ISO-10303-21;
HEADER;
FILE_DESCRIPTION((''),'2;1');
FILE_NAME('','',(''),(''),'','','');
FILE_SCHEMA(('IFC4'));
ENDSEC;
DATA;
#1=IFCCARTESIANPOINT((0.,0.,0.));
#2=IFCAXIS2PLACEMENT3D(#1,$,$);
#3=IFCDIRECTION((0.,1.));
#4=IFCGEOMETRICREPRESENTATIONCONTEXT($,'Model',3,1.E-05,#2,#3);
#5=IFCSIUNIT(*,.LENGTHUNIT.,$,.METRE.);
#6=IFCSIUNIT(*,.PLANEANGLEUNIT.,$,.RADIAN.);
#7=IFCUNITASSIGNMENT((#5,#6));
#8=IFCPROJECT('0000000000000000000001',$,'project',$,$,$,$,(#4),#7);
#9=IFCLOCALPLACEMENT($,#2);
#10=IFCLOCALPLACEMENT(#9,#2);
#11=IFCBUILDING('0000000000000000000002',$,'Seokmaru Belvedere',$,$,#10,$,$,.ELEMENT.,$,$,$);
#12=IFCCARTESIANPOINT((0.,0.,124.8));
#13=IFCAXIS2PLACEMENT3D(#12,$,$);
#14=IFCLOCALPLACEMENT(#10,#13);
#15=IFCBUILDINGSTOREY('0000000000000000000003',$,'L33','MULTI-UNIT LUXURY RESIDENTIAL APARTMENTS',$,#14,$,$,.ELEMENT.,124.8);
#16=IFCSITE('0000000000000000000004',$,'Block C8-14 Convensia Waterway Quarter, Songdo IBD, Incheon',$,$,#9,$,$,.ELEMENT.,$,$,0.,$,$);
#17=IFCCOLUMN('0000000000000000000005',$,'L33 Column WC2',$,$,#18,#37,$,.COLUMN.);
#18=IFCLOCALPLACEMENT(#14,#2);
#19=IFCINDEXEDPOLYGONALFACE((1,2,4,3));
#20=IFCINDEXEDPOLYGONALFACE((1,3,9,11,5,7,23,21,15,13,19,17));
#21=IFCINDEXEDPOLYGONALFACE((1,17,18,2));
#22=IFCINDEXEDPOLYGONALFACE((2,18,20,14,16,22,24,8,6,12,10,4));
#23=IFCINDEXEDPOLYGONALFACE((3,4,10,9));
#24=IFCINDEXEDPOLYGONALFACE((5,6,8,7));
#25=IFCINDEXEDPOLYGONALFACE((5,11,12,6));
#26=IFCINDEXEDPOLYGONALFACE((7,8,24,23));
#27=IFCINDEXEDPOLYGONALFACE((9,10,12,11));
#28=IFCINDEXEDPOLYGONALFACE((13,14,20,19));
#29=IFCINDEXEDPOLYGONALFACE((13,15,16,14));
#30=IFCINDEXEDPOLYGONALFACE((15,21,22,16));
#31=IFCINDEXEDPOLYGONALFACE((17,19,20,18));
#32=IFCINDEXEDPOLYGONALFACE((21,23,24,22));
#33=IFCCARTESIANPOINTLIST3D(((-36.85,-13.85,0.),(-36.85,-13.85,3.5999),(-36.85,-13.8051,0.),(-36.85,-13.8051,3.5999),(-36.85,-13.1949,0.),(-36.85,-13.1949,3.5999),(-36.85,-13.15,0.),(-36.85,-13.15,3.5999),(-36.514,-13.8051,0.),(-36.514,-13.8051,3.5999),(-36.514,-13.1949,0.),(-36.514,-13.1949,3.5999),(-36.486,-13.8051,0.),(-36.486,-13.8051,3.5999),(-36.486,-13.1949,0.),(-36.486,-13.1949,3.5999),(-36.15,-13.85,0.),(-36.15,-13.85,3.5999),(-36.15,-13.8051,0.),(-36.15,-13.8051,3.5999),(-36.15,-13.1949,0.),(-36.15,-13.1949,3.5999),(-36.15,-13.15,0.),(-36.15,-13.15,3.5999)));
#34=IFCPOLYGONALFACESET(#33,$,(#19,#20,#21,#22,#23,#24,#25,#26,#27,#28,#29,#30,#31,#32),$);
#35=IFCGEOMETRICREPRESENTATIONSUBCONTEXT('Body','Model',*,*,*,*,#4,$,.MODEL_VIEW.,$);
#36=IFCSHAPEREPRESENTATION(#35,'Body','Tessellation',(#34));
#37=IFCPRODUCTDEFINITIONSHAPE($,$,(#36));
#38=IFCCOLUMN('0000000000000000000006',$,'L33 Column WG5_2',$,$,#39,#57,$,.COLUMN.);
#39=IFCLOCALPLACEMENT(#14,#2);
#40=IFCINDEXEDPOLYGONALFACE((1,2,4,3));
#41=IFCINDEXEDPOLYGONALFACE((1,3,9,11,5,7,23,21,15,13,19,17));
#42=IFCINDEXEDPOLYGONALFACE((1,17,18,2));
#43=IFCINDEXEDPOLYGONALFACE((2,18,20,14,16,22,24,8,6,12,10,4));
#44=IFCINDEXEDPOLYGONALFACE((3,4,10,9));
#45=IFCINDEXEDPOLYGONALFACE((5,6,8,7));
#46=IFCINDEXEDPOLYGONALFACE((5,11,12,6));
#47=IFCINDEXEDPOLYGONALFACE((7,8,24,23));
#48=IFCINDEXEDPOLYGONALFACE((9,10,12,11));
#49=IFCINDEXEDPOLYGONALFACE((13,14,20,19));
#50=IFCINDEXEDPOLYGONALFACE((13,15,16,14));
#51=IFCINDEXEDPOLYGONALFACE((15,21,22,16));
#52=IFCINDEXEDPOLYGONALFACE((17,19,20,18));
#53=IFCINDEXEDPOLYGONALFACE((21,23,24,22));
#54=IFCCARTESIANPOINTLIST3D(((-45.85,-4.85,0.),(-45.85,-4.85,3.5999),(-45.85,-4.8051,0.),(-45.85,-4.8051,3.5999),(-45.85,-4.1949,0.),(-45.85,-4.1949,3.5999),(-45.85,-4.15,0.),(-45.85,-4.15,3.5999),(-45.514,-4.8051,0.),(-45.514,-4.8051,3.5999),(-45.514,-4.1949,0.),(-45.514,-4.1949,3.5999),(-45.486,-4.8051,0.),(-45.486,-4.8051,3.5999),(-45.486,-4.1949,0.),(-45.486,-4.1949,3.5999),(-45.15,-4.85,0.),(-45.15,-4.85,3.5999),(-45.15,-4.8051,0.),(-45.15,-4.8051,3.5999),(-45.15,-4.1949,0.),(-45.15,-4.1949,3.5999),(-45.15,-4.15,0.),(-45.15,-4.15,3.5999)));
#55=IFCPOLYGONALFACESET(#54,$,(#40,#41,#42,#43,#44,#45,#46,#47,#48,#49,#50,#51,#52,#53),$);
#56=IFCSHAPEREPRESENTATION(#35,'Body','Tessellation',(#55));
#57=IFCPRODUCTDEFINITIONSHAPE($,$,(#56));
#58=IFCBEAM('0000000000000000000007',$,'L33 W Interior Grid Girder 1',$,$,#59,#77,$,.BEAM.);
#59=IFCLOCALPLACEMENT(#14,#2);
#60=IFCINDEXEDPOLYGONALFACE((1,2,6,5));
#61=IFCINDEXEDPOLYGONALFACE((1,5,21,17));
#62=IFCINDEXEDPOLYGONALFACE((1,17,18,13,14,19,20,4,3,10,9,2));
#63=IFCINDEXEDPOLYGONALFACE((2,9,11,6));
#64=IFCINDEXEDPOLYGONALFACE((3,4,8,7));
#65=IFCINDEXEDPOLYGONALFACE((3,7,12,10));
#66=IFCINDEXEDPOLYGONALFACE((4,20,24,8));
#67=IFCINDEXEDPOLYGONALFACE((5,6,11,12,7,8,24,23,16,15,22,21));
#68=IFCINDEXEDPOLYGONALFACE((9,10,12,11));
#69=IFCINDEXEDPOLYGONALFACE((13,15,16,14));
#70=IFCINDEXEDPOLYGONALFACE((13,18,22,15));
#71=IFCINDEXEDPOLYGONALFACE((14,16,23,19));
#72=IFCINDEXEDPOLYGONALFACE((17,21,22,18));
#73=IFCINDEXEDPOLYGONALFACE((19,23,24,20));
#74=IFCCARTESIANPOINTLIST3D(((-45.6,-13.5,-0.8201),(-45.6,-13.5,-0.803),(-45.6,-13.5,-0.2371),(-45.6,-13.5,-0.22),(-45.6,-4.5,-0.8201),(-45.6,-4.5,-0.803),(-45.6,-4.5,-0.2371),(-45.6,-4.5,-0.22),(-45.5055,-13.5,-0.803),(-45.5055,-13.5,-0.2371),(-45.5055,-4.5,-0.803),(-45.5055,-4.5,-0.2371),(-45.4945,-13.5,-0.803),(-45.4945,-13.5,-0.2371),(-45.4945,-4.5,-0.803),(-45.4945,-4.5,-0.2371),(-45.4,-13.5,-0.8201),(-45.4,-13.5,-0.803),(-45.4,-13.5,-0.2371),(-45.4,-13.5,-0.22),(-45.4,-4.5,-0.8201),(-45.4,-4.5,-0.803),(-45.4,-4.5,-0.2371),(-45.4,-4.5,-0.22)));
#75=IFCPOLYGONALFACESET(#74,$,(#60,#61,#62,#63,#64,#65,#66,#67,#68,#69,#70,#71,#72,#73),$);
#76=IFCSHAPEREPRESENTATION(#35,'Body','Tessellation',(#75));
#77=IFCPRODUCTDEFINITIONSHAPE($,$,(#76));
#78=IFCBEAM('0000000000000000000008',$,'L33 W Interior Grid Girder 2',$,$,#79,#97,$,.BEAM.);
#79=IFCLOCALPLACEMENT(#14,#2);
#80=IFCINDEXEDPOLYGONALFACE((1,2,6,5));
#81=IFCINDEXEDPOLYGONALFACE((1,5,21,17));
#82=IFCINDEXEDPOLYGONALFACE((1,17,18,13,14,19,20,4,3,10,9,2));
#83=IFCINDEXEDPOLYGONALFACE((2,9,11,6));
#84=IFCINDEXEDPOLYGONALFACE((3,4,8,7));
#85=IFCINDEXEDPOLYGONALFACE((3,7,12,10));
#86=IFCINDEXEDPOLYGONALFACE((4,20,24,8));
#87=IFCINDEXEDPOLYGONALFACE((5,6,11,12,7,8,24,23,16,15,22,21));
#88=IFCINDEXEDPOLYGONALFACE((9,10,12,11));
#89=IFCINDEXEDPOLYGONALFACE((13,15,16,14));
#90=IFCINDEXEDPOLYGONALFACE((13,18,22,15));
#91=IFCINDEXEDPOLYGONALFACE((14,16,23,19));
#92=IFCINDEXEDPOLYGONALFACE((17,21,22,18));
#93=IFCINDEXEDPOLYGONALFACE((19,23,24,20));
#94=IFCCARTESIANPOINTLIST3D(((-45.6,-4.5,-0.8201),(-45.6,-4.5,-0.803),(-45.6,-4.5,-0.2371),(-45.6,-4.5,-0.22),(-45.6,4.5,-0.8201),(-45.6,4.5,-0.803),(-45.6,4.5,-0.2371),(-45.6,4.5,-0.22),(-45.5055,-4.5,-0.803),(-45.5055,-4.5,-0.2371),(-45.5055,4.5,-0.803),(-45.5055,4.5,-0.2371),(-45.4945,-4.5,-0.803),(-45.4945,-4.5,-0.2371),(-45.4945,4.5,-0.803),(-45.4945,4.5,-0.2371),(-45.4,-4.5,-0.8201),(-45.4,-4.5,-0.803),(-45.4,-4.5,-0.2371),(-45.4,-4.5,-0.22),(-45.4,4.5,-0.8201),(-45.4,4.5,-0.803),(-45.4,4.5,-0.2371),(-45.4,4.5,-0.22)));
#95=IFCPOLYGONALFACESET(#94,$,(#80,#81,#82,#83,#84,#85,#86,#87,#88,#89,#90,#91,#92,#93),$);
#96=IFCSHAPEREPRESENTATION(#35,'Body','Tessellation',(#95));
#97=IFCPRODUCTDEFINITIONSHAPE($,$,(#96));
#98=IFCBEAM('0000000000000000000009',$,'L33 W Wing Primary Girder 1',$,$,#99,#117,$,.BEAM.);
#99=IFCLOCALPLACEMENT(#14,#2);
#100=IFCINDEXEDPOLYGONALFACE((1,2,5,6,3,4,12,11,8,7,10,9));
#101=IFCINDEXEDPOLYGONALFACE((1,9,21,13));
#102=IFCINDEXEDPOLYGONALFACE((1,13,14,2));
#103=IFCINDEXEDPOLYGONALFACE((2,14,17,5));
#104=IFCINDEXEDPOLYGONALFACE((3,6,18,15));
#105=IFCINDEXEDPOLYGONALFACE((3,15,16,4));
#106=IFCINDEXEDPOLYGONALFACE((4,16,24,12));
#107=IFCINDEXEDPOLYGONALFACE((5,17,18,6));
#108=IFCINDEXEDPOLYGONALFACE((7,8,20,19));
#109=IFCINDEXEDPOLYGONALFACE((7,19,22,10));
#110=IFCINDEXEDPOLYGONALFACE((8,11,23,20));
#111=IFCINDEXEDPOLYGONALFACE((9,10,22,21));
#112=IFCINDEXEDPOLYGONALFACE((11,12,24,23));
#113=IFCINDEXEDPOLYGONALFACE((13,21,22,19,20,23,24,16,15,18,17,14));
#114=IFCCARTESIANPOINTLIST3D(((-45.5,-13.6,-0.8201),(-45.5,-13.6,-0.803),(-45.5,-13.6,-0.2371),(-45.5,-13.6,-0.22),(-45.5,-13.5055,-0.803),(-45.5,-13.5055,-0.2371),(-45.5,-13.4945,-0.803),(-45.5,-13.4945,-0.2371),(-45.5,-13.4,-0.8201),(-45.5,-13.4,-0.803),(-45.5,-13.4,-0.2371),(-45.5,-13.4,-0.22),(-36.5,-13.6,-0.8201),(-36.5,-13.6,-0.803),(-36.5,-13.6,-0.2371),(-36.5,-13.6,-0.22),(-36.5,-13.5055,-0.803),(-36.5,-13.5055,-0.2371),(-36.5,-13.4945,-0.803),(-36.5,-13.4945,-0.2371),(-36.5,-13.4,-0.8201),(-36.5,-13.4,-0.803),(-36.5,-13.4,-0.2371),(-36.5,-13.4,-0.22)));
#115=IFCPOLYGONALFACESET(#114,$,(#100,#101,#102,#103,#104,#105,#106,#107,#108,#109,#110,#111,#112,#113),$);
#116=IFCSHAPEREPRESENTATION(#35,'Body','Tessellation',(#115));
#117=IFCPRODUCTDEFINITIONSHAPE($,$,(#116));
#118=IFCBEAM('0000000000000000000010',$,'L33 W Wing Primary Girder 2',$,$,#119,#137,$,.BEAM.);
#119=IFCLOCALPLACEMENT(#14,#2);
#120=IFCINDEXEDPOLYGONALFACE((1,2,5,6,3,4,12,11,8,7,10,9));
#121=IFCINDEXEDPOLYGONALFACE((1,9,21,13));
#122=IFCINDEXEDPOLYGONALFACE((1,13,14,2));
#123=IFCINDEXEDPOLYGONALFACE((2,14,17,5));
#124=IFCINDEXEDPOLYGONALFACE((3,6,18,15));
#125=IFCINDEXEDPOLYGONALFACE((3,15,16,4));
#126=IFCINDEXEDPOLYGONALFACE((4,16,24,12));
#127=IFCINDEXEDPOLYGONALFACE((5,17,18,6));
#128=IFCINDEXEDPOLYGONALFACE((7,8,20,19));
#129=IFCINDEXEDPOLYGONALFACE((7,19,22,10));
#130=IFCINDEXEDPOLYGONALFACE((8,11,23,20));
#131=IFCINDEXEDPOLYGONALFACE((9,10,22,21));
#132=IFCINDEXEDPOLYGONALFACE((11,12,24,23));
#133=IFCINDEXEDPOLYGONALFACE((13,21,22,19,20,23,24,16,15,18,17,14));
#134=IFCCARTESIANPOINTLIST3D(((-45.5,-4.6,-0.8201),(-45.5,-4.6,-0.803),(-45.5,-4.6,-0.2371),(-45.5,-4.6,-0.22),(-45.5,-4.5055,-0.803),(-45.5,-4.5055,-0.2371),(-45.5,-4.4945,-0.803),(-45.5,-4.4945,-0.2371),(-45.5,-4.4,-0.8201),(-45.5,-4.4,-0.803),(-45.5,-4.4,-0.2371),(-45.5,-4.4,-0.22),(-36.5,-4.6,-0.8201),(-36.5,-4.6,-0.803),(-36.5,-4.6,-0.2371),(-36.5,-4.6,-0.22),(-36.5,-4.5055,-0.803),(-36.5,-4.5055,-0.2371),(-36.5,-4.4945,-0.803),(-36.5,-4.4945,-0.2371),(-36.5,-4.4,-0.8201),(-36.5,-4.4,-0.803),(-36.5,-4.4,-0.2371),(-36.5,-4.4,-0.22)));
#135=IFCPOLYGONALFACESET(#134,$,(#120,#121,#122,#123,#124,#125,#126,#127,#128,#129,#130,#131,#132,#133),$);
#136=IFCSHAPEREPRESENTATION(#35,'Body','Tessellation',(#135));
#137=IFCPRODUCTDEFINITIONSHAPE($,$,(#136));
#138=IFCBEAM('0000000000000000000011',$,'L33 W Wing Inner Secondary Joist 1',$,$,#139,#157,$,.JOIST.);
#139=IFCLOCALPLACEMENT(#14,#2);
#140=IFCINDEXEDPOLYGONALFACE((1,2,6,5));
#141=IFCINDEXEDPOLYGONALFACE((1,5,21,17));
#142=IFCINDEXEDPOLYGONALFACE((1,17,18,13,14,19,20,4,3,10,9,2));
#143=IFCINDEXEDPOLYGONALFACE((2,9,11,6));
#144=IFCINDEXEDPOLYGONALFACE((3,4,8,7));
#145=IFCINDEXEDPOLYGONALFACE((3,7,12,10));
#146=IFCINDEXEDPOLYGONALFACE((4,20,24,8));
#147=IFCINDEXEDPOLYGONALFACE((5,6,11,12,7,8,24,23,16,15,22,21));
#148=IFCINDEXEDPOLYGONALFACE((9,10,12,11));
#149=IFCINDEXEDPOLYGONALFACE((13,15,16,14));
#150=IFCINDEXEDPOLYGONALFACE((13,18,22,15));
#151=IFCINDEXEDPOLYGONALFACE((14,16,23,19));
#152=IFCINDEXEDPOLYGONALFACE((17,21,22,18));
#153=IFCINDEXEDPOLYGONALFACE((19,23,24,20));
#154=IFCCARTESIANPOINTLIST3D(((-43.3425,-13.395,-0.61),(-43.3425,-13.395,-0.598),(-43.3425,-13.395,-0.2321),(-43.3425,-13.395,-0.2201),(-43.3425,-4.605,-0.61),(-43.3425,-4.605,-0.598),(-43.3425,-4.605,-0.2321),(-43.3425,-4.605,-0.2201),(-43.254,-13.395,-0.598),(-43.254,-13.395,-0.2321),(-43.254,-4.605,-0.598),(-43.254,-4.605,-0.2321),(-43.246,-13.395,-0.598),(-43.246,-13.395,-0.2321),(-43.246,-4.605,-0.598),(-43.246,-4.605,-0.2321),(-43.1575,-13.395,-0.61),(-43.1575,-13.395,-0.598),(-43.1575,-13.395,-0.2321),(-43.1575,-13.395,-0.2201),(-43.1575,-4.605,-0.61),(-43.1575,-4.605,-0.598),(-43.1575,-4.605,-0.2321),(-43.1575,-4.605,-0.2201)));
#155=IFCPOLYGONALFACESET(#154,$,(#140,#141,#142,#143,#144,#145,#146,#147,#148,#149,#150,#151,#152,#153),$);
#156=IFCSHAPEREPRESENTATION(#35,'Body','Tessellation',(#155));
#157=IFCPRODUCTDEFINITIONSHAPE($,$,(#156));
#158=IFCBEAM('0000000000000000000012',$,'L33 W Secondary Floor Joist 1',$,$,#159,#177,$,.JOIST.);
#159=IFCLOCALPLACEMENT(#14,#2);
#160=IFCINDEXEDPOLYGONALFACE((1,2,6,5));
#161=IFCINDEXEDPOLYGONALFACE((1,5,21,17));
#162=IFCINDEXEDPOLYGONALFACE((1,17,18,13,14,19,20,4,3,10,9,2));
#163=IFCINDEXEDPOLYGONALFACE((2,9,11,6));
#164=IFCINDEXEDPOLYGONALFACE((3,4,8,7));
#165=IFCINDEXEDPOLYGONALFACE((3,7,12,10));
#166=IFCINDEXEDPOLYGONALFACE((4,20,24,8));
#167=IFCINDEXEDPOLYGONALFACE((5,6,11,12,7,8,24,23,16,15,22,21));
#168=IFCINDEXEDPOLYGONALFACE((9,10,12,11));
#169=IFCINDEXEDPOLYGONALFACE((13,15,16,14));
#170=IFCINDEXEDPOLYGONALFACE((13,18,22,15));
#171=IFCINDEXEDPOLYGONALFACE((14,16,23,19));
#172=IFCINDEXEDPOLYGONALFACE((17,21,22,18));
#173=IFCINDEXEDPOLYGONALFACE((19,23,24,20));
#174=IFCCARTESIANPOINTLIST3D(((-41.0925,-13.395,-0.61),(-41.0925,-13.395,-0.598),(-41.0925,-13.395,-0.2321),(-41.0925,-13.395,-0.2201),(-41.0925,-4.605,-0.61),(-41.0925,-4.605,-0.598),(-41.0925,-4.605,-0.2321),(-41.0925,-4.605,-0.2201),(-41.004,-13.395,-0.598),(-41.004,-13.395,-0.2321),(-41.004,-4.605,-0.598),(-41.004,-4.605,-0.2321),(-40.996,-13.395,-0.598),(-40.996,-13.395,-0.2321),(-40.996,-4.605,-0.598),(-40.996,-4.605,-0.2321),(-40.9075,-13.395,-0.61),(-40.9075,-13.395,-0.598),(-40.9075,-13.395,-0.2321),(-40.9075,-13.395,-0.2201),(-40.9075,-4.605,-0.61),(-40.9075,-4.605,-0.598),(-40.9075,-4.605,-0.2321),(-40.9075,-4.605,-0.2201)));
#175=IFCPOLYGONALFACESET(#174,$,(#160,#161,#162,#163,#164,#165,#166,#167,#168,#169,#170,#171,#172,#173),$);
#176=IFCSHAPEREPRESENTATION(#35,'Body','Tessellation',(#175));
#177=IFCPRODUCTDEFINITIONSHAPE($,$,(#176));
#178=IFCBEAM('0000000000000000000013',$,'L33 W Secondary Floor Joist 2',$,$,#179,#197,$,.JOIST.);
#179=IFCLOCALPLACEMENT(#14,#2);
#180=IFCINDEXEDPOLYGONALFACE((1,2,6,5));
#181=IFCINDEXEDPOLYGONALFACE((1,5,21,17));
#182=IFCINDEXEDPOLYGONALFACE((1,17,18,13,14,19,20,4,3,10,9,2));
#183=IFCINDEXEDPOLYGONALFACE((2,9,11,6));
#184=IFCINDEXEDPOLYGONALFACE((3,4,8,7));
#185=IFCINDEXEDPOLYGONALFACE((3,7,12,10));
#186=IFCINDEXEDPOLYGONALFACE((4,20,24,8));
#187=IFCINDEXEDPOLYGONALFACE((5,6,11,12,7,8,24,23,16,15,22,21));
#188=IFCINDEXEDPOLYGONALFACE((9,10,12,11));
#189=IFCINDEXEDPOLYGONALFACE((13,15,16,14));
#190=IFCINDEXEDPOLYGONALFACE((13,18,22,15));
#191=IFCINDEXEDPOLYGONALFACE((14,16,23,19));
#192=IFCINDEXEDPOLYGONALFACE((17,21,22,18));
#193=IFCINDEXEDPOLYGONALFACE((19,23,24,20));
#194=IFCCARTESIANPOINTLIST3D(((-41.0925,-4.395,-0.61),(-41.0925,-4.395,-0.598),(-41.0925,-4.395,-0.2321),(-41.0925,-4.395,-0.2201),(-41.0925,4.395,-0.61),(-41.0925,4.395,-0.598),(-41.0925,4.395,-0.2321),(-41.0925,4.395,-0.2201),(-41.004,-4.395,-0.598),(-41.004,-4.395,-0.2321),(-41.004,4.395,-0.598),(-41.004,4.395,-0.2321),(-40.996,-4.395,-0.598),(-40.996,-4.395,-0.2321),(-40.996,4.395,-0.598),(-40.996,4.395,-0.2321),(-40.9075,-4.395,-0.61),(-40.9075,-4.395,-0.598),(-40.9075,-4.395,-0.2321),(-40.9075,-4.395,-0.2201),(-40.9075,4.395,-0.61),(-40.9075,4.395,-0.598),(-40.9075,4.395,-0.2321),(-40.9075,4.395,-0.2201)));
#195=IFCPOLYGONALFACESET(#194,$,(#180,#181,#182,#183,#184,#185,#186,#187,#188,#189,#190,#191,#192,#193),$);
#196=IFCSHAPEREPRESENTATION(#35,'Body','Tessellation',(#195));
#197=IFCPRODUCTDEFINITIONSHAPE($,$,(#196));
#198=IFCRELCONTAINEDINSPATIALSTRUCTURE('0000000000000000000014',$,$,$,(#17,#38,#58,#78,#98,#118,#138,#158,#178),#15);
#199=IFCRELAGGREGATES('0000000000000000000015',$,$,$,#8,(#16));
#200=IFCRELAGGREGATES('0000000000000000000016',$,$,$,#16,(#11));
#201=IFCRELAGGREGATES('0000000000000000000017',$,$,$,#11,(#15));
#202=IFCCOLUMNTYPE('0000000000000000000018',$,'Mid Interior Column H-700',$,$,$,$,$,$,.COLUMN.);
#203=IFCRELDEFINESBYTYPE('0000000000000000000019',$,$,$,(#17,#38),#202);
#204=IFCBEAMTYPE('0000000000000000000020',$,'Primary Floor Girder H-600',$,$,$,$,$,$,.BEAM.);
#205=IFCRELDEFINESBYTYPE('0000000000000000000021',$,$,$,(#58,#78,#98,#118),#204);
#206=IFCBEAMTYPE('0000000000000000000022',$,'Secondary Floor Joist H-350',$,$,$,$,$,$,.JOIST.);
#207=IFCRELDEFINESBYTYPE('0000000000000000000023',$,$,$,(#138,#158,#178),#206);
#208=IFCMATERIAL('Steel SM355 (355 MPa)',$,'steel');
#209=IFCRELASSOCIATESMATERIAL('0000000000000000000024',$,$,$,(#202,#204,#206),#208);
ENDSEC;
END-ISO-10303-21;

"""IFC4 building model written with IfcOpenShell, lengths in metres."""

from ifc_helpers import new_model, si_unit, direction, frame, origin, origin_2d, place, context, subcontext, project, spatial, i_section, extrude, source, transform, mapped, material, material_profile, profile_set, type_object, type_shapes, element, save


model = new_model("IFC4")

# Units and contexts
model_context = context("Model", 3, precision=1e-05, world=origin(), true_north=direction((0.0, 1.0)))
body_context = subcontext(model_context, "Body", "Model", "MODEL_VIEW")
ifc_project = project(units=[si_unit("LENGTHUNIT", "METRE"), si_unit("PLANEANGLEUNIT", "RADIAN")], contexts=[model_context])

# Site, building, storey
site_placement = place(None, origin())
site = spatial("IfcSite", under=ifc_project, at=site_placement, Name="Block C8-14 Convensia Waterway Quarter, Songdo IBD, Incheon", CompositionType="ELEMENT", RefElevation=0.0)
building_placement = place(site_placement, origin())
building = spatial("IfcBuilding", under=site, at=building_placement, Name="Seokmaru Belvedere", CompositionType="ELEMENT")
storey_placement = place(building_placement, frame((0.0, 0.0, 124.8)))
storey = spatial("IfcBuildingStorey", under=building, at=storey_placement, Name="L33", Description="MULTI-UNIT LUXURY RESIDENTIAL APARTMENTS", CompositionType="ELEMENT", Elevation=124.8)

# Columns
ifc_material_1 = material(Name="Steel SM355 (355 MPa)", Category="steel")
ifc_material_profile_1 = material_profile(ifc_material_1, i_section(OverallWidth=0.7, OverallDepth=0.7, WebThickness=0.0281, FlangeThickness=0.0449, at=origin_2d()), Name="H-700x700x28x45")
ifc_profile_set_1 = profile_set([ifc_material_profile_1], Name="Steel SM355 (355 MPa)")
column_type = type_object("IfcColumnType", Name="Mid Interior Column H-700", PredefinedType="COLUMN", material=ifc_profile_set_1)
shared_shape_1 = source(origin(), body_context, "Body", "SweptSolid", [
    extrude(i_section(OverallWidth=0.7, OverallDepth=0.7, WebThickness=0.0281, FlangeThickness=0.0449, at=origin_2d()), origin(), (0.0, 0.0, 1.0), 3.5999),
])
type_shapes(column_type, [shared_shape_1])
for number, where, z_axis, x_axis, name in (
    (1, (-36.5, -13.5, 0.0), (0.0, 0.0, 1.0), (1.0, 0.0, 0.0), "L33 Column WC2"),
    (2, (-45.5, -4.5, 0.0), (0.0, 0.0, 1.0), (1.0, 0.0, 0.0), "L33 Column WG5_2"),
):
    element("IfcColumn", number, at=place(storey_placement, frame(where, z_axis=z_axis, x_axis=x_axis)), inside=storey, type_object=column_type, Name=name, PredefinedType="COLUMN", context=body_context, shape_type="MappedRepresentation", body=[
        mapped(shared_shape_1, transform((0.0, 0.0, 0.0), scale=1.0)),
    ])

# Beams
ifc_material_profile_2 = material_profile(ifc_material_1, i_section(OverallWidth=0.2, OverallDepth=0.6001, WebThickness=0.011, FlangeThickness=0.0171, at=origin_2d()), Name="H-600x200x11x17")
ifc_profile_set_2 = profile_set([ifc_material_profile_2], Name="Steel SM355 (355 MPa)")
beam_type_1 = type_object("IfcBeamType", Name="Primary Floor Girder H-600", PredefinedType="BEAM", material=ifc_profile_set_2)
shared_shape_2 = source(origin(), body_context, "Body", "SweptSolid", [
    extrude(i_section(OverallWidth=0.2, OverallDepth=0.6001, WebThickness=0.011, FlangeThickness=0.0171, at=origin_2d()), origin(), (0.0, 0.0, 1.0), 9.0),
])
type_shapes(beam_type_1, [shared_shape_2])
for number, where, z_axis, x_axis, name in (
    (3, (-45.5, -13.5, -0.52), (0.0, 1.0, 0.0), (-1.0, 0.0, 0.0), "L33 W Interior Grid Girder 1"),
    (4, (-45.5, -4.5, -0.52), (0.0, 1.0, 0.0), (-1.0, 0.0, 0.0), "L33 W Interior Grid Girder 2"),
    (5, (-45.5, -13.5, -0.52), (1.0, 0.0, 0.0), (0.0, 1.0, 0.0), "L33 W Wing Primary Girder 1"),
    (6, (-45.5, -4.5, -0.52), (1.0, 0.0, 0.0), (0.0, 1.0, 0.0), "L33 W Wing Primary Girder 2"),
):
    element("IfcBeam", number, at=place(storey_placement, frame(where, z_axis=z_axis, x_axis=x_axis)), inside=storey, type_object=beam_type_1, Name=name, PredefinedType="BEAM", context=body_context, shape_type="MappedRepresentation", body=[
        mapped(shared_shape_2, transform((0.0, 0.0, 0.0), scale=1.0)),
    ])
ifc_material_profile_3 = material_profile(ifc_material_1, i_section(OverallWidth=0.1851, OverallDepth=0.3899, WebThickness=0.0081, FlangeThickness=0.012, at=origin_2d()), Name="H-390x185x8x12")
ifc_profile_set_3 = profile_set([ifc_material_profile_3], Name="Steel SM355 (355 MPa)")
beam_type_2 = type_object("IfcBeamType", Name="Secondary Floor Joist H-350", PredefinedType="JOIST", material=ifc_profile_set_3)
shared_shape_3 = source(origin(), body_context, "Body", "SweptSolid", [
    extrude(i_section(OverallWidth=0.1851, OverallDepth=0.3899, WebThickness=0.0081, FlangeThickness=0.012, at=origin_2d()), origin(), (0.0, 0.0, 1.0), 8.79),
])
type_shapes(beam_type_2, [shared_shape_3])
for number, where, z_axis, x_axis, name in (
    (7, (-43.25, -13.395, -0.415), (0.0, 1.0, 0.0), (-1.0, 0.0, 0.0), "L33 W Wing Inner Secondary Joist 1"),
    (8, (-41.0, -13.395, -0.415), (0.0, 1.0, 0.0), (-1.0, 0.0, 0.0), "L33 W Secondary Floor Joist 1"),
    (9, (-41.0, -4.395, -0.415), (0.0, 1.0, 0.0), (-1.0, 0.0, 0.0), "L33 W Secondary Floor Joist 2"),
):
    element("IfcBeam", number, at=place(storey_placement, frame(where, z_axis=z_axis, x_axis=x_axis)), inside=storey, type_object=beam_type_2, Name=name, PredefinedType="JOIST", context=body_context, shape_type="MappedRepresentation", body=[
        mapped(shared_shape_3, transform((0.0, 0.0, 0.0), scale=1.0)),
    ])

save(model, "model.ifc")
